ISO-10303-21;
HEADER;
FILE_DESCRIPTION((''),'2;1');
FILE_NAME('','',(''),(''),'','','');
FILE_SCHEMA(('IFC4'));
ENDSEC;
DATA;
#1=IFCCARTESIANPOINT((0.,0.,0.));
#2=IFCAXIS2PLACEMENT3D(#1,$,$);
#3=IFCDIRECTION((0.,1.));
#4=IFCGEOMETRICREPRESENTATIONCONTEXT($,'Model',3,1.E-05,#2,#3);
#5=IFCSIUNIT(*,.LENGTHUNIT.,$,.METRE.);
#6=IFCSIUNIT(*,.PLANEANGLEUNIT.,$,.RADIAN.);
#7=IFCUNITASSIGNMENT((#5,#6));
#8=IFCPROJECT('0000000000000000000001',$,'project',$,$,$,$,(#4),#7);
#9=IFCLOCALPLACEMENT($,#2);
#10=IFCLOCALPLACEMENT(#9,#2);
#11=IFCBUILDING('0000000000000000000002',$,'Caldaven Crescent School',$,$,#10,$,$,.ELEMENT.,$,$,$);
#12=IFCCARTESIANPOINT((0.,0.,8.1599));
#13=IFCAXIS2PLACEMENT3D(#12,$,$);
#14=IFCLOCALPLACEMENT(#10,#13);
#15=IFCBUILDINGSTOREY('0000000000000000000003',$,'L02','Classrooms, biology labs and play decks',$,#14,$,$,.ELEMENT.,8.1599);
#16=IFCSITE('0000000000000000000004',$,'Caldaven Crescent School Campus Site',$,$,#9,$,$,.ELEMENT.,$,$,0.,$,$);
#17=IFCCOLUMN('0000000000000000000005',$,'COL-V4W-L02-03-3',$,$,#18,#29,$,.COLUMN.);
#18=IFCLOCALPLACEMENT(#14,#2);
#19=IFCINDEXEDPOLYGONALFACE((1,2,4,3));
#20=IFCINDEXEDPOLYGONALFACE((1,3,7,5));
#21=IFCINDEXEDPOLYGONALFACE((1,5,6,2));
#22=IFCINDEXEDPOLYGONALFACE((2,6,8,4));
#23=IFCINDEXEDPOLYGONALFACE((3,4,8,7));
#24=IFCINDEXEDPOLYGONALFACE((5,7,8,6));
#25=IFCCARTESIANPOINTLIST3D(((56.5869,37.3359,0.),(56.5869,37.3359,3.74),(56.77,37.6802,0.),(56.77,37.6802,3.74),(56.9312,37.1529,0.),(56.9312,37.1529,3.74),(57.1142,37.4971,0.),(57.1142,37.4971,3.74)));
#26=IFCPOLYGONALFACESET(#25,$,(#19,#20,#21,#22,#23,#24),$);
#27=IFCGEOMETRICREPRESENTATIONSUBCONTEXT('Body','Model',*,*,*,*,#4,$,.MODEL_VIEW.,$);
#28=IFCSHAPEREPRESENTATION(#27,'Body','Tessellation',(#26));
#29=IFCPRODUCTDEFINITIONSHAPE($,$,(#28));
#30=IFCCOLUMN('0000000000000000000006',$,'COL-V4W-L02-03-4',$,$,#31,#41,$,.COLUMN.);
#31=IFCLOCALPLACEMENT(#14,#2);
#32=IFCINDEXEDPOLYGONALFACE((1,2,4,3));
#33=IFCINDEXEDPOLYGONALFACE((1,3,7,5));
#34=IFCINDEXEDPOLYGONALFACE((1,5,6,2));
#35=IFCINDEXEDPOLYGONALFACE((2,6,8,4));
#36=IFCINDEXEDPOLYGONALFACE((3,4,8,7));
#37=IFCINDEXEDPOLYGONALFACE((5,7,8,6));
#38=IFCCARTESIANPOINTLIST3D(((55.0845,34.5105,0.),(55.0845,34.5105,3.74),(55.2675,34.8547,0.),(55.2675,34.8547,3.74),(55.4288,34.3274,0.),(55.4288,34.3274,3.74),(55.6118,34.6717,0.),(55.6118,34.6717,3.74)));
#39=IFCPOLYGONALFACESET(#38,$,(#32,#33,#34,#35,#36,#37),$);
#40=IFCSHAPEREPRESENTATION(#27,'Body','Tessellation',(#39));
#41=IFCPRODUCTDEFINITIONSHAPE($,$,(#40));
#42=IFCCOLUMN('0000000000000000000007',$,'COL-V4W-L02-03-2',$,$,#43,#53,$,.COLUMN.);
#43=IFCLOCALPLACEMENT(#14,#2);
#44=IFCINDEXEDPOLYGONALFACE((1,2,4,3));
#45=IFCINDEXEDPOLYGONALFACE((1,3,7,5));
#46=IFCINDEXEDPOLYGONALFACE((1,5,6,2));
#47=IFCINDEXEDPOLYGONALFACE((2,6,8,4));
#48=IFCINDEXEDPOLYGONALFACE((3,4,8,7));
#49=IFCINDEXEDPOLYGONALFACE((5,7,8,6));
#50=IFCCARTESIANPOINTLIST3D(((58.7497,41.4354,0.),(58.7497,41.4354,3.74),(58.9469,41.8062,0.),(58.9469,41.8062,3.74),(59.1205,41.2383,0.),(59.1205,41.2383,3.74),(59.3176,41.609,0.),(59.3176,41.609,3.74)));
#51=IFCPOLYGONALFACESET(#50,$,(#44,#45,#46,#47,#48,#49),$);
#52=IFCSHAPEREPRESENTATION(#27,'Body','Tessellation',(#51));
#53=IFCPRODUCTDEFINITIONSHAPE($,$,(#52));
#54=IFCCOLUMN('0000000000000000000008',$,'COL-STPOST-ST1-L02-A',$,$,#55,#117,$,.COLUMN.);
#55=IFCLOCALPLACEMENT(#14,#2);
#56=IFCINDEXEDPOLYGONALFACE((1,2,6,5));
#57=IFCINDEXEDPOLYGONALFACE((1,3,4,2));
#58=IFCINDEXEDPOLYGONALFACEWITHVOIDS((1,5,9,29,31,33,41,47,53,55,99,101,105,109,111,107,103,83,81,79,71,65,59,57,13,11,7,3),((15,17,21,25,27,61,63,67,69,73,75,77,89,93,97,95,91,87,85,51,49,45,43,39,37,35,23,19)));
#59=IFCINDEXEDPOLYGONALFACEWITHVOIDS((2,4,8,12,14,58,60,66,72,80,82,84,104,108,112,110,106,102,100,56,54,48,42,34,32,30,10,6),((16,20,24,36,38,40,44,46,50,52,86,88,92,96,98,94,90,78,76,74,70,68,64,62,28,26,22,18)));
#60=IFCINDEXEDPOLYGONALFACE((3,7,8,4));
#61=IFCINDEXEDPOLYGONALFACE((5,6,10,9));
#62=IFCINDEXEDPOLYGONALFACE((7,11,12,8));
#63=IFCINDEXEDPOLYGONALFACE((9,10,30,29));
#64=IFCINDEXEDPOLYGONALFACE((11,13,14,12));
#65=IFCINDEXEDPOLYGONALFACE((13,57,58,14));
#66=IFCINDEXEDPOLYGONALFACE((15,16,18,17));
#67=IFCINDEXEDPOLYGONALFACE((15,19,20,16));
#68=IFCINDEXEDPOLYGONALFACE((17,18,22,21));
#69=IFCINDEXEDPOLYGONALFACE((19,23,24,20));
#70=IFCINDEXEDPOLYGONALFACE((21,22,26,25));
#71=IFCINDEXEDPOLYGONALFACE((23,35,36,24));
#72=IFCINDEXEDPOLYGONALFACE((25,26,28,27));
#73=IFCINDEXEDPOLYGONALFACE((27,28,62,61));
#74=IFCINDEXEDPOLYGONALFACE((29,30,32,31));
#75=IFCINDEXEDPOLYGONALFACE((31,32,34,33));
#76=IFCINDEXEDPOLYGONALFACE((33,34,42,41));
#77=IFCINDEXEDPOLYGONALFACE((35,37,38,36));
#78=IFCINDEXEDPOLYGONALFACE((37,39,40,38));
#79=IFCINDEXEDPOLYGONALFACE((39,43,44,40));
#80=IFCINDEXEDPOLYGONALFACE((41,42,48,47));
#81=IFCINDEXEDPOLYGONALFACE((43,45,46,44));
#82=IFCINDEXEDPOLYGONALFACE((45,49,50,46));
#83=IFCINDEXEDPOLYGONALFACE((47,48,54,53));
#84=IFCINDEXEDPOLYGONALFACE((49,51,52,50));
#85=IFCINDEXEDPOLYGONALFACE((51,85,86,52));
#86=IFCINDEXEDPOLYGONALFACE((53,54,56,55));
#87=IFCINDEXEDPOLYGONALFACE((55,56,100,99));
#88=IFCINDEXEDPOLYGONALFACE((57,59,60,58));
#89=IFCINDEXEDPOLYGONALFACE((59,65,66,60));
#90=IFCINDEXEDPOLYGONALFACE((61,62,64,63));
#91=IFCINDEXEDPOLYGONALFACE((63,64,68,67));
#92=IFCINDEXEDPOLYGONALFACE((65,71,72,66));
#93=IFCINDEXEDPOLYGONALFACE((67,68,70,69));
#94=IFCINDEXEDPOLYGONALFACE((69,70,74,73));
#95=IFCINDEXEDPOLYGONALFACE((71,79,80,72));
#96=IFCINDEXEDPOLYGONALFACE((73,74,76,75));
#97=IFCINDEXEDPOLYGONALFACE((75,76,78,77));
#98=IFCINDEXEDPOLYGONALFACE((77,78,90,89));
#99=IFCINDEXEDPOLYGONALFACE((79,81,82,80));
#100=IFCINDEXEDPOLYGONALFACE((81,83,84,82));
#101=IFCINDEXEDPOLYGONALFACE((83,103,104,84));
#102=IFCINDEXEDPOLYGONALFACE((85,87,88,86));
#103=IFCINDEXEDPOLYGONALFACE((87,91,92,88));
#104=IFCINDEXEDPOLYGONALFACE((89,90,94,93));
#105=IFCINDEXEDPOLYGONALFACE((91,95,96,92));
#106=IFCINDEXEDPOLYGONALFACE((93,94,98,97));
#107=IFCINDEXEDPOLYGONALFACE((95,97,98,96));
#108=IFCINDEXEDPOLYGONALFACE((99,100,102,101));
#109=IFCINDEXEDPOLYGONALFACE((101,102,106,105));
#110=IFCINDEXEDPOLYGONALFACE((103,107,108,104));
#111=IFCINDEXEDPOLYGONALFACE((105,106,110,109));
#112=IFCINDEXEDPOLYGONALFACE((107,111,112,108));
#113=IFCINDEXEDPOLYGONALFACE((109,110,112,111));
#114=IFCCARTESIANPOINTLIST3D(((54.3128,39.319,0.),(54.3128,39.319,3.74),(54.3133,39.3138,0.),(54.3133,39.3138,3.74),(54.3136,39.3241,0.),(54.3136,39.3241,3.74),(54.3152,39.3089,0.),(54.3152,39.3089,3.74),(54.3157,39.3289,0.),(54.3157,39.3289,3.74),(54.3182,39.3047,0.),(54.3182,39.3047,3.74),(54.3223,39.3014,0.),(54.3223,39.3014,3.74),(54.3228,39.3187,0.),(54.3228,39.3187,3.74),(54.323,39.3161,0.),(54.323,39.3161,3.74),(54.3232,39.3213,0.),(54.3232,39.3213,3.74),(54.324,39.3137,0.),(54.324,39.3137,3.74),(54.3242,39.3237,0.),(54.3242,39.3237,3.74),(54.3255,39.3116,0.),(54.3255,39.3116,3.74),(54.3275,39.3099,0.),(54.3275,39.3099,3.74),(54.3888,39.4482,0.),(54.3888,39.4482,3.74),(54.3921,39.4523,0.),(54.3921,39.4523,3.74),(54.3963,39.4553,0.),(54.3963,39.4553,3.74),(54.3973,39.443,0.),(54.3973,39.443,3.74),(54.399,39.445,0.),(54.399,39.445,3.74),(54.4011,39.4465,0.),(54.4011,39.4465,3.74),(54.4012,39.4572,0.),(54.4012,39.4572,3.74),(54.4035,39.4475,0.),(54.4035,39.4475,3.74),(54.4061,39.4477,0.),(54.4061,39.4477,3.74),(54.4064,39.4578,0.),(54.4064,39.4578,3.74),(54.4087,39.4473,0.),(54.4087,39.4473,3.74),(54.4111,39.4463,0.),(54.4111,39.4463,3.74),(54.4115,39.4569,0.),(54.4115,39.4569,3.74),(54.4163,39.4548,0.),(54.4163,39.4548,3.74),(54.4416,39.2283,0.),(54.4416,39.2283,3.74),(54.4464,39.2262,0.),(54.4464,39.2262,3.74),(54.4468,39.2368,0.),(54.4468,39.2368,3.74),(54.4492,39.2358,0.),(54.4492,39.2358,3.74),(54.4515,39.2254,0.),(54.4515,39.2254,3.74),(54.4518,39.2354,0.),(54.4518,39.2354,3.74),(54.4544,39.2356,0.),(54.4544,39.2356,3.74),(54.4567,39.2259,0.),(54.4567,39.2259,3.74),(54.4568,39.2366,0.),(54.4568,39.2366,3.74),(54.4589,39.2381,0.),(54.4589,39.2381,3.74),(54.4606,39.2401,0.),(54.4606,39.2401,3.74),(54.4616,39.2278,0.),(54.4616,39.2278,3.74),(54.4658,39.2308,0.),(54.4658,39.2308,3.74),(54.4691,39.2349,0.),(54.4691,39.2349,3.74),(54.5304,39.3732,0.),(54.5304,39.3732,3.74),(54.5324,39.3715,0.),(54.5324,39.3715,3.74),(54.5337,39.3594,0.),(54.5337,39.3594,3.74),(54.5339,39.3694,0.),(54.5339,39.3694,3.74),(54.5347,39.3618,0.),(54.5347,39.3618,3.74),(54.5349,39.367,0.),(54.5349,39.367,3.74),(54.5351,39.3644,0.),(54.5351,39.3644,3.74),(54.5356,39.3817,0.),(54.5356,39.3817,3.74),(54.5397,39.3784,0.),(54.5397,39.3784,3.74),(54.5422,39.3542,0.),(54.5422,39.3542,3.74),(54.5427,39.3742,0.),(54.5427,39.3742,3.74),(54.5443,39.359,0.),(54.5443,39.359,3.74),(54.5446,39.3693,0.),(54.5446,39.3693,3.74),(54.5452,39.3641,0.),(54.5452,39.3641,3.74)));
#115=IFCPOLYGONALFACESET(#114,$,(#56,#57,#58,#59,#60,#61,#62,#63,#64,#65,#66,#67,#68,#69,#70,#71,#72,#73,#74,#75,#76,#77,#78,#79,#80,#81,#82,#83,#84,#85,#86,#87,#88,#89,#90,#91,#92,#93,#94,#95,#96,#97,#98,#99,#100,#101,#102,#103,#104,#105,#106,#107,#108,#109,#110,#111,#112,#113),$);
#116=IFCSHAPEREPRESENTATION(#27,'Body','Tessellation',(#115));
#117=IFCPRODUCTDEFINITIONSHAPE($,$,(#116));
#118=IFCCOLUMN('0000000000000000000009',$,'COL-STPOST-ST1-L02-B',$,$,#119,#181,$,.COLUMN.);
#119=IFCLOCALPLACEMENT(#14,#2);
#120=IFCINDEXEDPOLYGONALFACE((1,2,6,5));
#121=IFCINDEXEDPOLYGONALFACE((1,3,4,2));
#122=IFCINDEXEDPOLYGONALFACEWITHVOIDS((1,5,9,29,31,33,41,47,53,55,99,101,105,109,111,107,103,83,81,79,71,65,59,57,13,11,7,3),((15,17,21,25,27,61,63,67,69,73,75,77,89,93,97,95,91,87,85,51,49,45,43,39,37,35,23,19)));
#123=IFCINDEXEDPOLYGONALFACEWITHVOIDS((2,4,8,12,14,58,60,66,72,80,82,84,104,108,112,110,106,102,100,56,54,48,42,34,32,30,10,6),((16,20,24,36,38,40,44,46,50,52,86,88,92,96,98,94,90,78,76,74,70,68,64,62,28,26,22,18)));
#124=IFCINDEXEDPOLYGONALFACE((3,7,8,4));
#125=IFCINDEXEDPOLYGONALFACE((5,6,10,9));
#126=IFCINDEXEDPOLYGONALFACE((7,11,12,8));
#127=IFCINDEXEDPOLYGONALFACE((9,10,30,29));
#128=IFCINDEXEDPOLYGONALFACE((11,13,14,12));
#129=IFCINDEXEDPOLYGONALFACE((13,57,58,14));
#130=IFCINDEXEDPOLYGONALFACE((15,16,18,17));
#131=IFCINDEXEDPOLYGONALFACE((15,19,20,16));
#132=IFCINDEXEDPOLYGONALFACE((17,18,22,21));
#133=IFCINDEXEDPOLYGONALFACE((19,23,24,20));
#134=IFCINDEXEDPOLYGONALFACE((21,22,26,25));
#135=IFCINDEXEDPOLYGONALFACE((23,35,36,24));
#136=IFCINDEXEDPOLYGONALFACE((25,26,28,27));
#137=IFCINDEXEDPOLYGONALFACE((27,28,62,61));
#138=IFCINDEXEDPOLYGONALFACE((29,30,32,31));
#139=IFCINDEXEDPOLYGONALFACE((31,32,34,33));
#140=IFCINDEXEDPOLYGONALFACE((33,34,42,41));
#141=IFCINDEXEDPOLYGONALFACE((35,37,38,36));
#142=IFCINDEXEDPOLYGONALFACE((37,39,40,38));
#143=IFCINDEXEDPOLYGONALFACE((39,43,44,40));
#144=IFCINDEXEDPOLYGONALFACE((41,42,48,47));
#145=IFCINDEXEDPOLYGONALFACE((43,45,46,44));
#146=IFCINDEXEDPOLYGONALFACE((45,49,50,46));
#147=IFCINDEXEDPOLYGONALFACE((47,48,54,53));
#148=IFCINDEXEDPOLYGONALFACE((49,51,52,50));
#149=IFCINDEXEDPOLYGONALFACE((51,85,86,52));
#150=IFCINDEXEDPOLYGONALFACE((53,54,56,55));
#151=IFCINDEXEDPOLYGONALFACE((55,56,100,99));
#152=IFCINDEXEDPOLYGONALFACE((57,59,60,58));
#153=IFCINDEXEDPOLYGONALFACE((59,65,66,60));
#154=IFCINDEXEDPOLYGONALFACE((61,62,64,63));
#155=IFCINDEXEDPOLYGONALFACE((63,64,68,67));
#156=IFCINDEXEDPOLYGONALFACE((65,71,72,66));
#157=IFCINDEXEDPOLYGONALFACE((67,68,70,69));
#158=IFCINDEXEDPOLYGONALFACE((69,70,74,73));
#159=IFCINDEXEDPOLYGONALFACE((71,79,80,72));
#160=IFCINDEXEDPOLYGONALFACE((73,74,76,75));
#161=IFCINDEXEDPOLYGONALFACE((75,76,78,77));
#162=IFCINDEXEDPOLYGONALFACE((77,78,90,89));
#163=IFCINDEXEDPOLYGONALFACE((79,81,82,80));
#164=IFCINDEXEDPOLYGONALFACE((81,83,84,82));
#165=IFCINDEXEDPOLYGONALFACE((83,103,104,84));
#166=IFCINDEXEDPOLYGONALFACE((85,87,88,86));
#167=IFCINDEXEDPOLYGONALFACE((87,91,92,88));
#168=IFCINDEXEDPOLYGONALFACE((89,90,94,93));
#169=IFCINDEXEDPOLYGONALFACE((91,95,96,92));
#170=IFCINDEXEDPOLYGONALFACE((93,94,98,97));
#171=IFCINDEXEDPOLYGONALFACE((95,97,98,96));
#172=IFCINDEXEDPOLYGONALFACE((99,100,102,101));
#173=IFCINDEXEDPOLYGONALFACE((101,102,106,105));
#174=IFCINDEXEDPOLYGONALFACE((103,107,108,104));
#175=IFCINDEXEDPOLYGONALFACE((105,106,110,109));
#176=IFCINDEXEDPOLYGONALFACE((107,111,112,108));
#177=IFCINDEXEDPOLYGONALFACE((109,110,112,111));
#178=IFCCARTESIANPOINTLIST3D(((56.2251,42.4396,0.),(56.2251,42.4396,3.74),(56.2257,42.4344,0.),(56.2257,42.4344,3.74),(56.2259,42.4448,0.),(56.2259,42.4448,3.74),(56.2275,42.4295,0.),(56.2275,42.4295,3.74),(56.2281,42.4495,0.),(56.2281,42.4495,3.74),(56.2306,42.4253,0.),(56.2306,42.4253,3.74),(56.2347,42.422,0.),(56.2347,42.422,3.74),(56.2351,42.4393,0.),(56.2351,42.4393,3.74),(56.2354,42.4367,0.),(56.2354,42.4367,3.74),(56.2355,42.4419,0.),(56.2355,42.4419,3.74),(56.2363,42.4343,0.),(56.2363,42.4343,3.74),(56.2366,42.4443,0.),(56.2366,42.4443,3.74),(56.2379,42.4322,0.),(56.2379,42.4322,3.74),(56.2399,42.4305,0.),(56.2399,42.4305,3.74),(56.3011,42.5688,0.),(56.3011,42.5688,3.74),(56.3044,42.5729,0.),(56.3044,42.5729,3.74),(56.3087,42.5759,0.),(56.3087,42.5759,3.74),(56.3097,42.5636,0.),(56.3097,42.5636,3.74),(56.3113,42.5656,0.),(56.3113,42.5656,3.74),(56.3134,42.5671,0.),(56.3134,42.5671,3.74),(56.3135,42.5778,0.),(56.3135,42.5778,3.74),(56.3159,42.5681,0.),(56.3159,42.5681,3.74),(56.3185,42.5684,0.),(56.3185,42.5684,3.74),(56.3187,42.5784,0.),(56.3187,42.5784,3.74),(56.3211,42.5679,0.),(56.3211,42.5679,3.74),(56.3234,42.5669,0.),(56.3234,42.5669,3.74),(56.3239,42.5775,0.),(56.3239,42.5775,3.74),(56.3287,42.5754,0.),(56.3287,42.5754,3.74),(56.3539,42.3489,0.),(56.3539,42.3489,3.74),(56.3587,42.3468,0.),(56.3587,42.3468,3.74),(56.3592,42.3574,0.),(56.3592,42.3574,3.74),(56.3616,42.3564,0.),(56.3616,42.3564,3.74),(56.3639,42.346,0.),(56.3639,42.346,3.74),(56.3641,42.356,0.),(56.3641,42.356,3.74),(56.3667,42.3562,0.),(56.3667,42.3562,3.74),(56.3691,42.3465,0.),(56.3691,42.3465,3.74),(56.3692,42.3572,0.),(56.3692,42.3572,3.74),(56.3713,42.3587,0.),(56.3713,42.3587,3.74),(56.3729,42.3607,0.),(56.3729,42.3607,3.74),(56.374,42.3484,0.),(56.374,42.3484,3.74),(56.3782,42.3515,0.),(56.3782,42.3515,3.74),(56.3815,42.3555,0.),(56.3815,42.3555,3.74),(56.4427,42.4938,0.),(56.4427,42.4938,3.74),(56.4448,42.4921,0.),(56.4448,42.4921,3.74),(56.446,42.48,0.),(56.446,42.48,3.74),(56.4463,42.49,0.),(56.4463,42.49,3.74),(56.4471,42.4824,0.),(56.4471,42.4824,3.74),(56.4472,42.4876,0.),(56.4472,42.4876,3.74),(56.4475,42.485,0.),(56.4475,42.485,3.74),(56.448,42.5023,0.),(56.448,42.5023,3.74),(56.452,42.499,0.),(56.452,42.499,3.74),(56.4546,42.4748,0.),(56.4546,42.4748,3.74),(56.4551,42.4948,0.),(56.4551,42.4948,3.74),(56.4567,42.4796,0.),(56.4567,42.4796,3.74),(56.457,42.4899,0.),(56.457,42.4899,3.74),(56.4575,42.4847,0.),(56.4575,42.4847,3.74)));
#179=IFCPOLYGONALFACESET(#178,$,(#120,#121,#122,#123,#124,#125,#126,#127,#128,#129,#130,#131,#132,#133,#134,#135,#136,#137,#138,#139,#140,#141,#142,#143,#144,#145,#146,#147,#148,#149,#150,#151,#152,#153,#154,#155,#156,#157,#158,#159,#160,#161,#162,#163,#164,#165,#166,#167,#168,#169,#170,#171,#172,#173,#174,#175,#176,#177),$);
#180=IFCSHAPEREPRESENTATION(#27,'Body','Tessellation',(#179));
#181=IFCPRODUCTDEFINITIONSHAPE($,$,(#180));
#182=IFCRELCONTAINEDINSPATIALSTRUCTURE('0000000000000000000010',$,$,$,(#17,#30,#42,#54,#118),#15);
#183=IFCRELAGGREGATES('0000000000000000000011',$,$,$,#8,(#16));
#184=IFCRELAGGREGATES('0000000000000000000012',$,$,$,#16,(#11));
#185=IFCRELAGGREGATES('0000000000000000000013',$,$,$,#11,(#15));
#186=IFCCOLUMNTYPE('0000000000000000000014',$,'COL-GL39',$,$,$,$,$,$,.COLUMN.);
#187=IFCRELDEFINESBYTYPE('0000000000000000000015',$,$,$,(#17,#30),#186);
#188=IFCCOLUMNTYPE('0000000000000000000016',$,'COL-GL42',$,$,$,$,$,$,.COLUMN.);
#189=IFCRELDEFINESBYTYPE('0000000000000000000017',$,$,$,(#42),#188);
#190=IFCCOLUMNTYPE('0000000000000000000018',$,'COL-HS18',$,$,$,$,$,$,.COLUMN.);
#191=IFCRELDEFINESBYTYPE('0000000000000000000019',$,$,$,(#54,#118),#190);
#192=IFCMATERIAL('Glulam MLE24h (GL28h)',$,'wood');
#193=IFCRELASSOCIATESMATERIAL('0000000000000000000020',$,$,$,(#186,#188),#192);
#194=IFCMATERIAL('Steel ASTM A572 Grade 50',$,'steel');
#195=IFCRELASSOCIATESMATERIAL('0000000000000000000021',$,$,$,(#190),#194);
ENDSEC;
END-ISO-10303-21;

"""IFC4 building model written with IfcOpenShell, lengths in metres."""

from ifc_helpers import new_model, si_unit, direction, frame, origin, origin_2d, place, context, subcontext, project, spatial, rectangle, hollow_rectangle, extrude, material, material_profile, profile_set, type_object, element, save


model = new_model("IFC4")

# Units and contexts
model_context = context("Model", 3, precision=1e-05, world=origin(), true_north=direction((0.0, 1.0)))
body_context = subcontext(model_context, "Body", "Model", "MODEL_VIEW")
ifc_project = project(units=[si_unit("LENGTHUNIT", "METRE"), si_unit("PLANEANGLEUNIT", "RADIAN")], contexts=[model_context])

# Site, building, storey
site_placement = place(None, origin())
site = spatial("IfcSite", under=ifc_project, at=site_placement, Name="Caldaven Crescent School Campus Site", CompositionType="ELEMENT", RefElevation=0.0)
building_placement = place(site_placement, origin())
building = spatial("IfcBuilding", under=site, at=building_placement, Name="Caldaven Crescent School", CompositionType="ELEMENT")
storey_placement = place(building_placement, frame((0.0, 0.0, 8.1599)))
storey = spatial("IfcBuildingStorey", under=building, at=storey_placement, Name="L02", Description="Classrooms, biology labs and play decks", CompositionType="ELEMENT", Elevation=8.1599)

# Columns
ifc_material_1 = material(Name="Glulam MLE24h (GL28h)", Category="wood")
ifc_material_profile_1 = material_profile(ifc_material_1, rectangle(XDim=0.3899, YDim=0.3899, at=origin_2d()), Name="MLE 390x390")
ifc_profile_set_1 = profile_set([ifc_material_profile_1], Name="Glulam MLE24h (GL28h)")
column_type_1 = type_object("IfcColumnType", Name="COL-GL39", PredefinedType="COLUMN", material=ifc_profile_set_1)
for number, where, z_axis, x_axis, name in (
    (1, (56.8506, 37.4165, 0.0), (0.0, 0.0, 1.0), (-0.469472, -0.882948, 0.0), "COL-V4W-L02-03-3"),
    (2, (55.3481, 34.5911, 0.0), (0.0, 0.0, 1.0), (-0.469472, -0.882948, 0.0), "COL-V4W-L02-03-4"),
):
    element("IfcColumn", number, at=place(storey_placement, frame(where, z_axis=z_axis, x_axis=x_axis)), inside=storey, type_object=column_type_1, Name=name, PredefinedType="COLUMN", context=body_context, shape_type="SweptSolid", body=[
        extrude(rectangle(XDim=0.3899, YDim=0.3899, at=origin_2d()), origin(), (0.0, 0.0, 1.0), 3.74),
    ])
ifc_material_profile_2 = material_profile(ifc_material_1, rectangle(XDim=0.4199, YDim=0.4199, at=origin_2d()), Name="MLE 420x420")
ifc_profile_set_2 = profile_set([ifc_material_profile_2], Name="Glulam MLE24h (GL28h)")
column_type_2 = type_object("IfcColumnType", Name="COL-GL42", PredefinedType="COLUMN", material=ifc_profile_set_2)
column_placement = place(storey_placement, frame((59.0337, 41.5222, 0.0), z_axis=(0.0, 0.0, 1.0), x_axis=(-0.469472, -0.882948, 0.0)))
element("IfcColumn", 3, at=column_placement, inside=storey, type_object=column_type_2, Name="COL-V4W-L02-03-2", PredefinedType="COLUMN", context=body_context, shape_type="SweptSolid", body=[
    extrude(rectangle(XDim=0.4199, YDim=0.4199, at=origin_2d()), origin(), (0.0, 0.0, 1.0), 3.74),
])
ifc_material_2 = material(Name="Steel ASTM A572 Grade 50", Category="steel")
ifc_material_profile_3 = material_profile(ifc_material_2, hollow_rectangle(XDim=0.1799, YDim=0.1799, WallThickness=0.01, InnerFilletRadius=0.01, OuterFilletRadius=0.02, at=origin_2d()), Name="HSS 180x180x10")
ifc_profile_set_3 = profile_set([ifc_material_profile_3], Name="Steel ASTM A572 Grade 50")
column_type_3 = type_object("IfcColumnType", Name="COL-HS18", PredefinedType="COLUMN", material=ifc_profile_set_3)
for number, where, z_axis, x_axis, name in (
    (4, (54.429, 39.3416, 0.0), (0.0, 0.0, 1.0), (0.85264, -0.522499, 0.0), "COL-STPOST-ST1-L02-A"),
    (5, (56.3413, 42.4622, 0.0), (0.0, 0.0, 1.0), (0.85264, -0.522499, 0.0), "COL-STPOST-ST1-L02-B"),
):
    element("IfcColumn", number, at=place(storey_placement, frame(where, z_axis=z_axis, x_axis=x_axis)), inside=storey, type_object=column_type_3, Name=name, PredefinedType="COLUMN", context=body_context, shape_type="SweptSolid", body=[
        extrude(hollow_rectangle(XDim=0.1799, YDim=0.1799, WallThickness=0.01, InnerFilletRadius=0.01, OuterFilletRadius=0.02, at=origin_2d()), origin(), (0.0, 0.0, 1.0), 3.74),
    ])

save(model, "model.ifc")
